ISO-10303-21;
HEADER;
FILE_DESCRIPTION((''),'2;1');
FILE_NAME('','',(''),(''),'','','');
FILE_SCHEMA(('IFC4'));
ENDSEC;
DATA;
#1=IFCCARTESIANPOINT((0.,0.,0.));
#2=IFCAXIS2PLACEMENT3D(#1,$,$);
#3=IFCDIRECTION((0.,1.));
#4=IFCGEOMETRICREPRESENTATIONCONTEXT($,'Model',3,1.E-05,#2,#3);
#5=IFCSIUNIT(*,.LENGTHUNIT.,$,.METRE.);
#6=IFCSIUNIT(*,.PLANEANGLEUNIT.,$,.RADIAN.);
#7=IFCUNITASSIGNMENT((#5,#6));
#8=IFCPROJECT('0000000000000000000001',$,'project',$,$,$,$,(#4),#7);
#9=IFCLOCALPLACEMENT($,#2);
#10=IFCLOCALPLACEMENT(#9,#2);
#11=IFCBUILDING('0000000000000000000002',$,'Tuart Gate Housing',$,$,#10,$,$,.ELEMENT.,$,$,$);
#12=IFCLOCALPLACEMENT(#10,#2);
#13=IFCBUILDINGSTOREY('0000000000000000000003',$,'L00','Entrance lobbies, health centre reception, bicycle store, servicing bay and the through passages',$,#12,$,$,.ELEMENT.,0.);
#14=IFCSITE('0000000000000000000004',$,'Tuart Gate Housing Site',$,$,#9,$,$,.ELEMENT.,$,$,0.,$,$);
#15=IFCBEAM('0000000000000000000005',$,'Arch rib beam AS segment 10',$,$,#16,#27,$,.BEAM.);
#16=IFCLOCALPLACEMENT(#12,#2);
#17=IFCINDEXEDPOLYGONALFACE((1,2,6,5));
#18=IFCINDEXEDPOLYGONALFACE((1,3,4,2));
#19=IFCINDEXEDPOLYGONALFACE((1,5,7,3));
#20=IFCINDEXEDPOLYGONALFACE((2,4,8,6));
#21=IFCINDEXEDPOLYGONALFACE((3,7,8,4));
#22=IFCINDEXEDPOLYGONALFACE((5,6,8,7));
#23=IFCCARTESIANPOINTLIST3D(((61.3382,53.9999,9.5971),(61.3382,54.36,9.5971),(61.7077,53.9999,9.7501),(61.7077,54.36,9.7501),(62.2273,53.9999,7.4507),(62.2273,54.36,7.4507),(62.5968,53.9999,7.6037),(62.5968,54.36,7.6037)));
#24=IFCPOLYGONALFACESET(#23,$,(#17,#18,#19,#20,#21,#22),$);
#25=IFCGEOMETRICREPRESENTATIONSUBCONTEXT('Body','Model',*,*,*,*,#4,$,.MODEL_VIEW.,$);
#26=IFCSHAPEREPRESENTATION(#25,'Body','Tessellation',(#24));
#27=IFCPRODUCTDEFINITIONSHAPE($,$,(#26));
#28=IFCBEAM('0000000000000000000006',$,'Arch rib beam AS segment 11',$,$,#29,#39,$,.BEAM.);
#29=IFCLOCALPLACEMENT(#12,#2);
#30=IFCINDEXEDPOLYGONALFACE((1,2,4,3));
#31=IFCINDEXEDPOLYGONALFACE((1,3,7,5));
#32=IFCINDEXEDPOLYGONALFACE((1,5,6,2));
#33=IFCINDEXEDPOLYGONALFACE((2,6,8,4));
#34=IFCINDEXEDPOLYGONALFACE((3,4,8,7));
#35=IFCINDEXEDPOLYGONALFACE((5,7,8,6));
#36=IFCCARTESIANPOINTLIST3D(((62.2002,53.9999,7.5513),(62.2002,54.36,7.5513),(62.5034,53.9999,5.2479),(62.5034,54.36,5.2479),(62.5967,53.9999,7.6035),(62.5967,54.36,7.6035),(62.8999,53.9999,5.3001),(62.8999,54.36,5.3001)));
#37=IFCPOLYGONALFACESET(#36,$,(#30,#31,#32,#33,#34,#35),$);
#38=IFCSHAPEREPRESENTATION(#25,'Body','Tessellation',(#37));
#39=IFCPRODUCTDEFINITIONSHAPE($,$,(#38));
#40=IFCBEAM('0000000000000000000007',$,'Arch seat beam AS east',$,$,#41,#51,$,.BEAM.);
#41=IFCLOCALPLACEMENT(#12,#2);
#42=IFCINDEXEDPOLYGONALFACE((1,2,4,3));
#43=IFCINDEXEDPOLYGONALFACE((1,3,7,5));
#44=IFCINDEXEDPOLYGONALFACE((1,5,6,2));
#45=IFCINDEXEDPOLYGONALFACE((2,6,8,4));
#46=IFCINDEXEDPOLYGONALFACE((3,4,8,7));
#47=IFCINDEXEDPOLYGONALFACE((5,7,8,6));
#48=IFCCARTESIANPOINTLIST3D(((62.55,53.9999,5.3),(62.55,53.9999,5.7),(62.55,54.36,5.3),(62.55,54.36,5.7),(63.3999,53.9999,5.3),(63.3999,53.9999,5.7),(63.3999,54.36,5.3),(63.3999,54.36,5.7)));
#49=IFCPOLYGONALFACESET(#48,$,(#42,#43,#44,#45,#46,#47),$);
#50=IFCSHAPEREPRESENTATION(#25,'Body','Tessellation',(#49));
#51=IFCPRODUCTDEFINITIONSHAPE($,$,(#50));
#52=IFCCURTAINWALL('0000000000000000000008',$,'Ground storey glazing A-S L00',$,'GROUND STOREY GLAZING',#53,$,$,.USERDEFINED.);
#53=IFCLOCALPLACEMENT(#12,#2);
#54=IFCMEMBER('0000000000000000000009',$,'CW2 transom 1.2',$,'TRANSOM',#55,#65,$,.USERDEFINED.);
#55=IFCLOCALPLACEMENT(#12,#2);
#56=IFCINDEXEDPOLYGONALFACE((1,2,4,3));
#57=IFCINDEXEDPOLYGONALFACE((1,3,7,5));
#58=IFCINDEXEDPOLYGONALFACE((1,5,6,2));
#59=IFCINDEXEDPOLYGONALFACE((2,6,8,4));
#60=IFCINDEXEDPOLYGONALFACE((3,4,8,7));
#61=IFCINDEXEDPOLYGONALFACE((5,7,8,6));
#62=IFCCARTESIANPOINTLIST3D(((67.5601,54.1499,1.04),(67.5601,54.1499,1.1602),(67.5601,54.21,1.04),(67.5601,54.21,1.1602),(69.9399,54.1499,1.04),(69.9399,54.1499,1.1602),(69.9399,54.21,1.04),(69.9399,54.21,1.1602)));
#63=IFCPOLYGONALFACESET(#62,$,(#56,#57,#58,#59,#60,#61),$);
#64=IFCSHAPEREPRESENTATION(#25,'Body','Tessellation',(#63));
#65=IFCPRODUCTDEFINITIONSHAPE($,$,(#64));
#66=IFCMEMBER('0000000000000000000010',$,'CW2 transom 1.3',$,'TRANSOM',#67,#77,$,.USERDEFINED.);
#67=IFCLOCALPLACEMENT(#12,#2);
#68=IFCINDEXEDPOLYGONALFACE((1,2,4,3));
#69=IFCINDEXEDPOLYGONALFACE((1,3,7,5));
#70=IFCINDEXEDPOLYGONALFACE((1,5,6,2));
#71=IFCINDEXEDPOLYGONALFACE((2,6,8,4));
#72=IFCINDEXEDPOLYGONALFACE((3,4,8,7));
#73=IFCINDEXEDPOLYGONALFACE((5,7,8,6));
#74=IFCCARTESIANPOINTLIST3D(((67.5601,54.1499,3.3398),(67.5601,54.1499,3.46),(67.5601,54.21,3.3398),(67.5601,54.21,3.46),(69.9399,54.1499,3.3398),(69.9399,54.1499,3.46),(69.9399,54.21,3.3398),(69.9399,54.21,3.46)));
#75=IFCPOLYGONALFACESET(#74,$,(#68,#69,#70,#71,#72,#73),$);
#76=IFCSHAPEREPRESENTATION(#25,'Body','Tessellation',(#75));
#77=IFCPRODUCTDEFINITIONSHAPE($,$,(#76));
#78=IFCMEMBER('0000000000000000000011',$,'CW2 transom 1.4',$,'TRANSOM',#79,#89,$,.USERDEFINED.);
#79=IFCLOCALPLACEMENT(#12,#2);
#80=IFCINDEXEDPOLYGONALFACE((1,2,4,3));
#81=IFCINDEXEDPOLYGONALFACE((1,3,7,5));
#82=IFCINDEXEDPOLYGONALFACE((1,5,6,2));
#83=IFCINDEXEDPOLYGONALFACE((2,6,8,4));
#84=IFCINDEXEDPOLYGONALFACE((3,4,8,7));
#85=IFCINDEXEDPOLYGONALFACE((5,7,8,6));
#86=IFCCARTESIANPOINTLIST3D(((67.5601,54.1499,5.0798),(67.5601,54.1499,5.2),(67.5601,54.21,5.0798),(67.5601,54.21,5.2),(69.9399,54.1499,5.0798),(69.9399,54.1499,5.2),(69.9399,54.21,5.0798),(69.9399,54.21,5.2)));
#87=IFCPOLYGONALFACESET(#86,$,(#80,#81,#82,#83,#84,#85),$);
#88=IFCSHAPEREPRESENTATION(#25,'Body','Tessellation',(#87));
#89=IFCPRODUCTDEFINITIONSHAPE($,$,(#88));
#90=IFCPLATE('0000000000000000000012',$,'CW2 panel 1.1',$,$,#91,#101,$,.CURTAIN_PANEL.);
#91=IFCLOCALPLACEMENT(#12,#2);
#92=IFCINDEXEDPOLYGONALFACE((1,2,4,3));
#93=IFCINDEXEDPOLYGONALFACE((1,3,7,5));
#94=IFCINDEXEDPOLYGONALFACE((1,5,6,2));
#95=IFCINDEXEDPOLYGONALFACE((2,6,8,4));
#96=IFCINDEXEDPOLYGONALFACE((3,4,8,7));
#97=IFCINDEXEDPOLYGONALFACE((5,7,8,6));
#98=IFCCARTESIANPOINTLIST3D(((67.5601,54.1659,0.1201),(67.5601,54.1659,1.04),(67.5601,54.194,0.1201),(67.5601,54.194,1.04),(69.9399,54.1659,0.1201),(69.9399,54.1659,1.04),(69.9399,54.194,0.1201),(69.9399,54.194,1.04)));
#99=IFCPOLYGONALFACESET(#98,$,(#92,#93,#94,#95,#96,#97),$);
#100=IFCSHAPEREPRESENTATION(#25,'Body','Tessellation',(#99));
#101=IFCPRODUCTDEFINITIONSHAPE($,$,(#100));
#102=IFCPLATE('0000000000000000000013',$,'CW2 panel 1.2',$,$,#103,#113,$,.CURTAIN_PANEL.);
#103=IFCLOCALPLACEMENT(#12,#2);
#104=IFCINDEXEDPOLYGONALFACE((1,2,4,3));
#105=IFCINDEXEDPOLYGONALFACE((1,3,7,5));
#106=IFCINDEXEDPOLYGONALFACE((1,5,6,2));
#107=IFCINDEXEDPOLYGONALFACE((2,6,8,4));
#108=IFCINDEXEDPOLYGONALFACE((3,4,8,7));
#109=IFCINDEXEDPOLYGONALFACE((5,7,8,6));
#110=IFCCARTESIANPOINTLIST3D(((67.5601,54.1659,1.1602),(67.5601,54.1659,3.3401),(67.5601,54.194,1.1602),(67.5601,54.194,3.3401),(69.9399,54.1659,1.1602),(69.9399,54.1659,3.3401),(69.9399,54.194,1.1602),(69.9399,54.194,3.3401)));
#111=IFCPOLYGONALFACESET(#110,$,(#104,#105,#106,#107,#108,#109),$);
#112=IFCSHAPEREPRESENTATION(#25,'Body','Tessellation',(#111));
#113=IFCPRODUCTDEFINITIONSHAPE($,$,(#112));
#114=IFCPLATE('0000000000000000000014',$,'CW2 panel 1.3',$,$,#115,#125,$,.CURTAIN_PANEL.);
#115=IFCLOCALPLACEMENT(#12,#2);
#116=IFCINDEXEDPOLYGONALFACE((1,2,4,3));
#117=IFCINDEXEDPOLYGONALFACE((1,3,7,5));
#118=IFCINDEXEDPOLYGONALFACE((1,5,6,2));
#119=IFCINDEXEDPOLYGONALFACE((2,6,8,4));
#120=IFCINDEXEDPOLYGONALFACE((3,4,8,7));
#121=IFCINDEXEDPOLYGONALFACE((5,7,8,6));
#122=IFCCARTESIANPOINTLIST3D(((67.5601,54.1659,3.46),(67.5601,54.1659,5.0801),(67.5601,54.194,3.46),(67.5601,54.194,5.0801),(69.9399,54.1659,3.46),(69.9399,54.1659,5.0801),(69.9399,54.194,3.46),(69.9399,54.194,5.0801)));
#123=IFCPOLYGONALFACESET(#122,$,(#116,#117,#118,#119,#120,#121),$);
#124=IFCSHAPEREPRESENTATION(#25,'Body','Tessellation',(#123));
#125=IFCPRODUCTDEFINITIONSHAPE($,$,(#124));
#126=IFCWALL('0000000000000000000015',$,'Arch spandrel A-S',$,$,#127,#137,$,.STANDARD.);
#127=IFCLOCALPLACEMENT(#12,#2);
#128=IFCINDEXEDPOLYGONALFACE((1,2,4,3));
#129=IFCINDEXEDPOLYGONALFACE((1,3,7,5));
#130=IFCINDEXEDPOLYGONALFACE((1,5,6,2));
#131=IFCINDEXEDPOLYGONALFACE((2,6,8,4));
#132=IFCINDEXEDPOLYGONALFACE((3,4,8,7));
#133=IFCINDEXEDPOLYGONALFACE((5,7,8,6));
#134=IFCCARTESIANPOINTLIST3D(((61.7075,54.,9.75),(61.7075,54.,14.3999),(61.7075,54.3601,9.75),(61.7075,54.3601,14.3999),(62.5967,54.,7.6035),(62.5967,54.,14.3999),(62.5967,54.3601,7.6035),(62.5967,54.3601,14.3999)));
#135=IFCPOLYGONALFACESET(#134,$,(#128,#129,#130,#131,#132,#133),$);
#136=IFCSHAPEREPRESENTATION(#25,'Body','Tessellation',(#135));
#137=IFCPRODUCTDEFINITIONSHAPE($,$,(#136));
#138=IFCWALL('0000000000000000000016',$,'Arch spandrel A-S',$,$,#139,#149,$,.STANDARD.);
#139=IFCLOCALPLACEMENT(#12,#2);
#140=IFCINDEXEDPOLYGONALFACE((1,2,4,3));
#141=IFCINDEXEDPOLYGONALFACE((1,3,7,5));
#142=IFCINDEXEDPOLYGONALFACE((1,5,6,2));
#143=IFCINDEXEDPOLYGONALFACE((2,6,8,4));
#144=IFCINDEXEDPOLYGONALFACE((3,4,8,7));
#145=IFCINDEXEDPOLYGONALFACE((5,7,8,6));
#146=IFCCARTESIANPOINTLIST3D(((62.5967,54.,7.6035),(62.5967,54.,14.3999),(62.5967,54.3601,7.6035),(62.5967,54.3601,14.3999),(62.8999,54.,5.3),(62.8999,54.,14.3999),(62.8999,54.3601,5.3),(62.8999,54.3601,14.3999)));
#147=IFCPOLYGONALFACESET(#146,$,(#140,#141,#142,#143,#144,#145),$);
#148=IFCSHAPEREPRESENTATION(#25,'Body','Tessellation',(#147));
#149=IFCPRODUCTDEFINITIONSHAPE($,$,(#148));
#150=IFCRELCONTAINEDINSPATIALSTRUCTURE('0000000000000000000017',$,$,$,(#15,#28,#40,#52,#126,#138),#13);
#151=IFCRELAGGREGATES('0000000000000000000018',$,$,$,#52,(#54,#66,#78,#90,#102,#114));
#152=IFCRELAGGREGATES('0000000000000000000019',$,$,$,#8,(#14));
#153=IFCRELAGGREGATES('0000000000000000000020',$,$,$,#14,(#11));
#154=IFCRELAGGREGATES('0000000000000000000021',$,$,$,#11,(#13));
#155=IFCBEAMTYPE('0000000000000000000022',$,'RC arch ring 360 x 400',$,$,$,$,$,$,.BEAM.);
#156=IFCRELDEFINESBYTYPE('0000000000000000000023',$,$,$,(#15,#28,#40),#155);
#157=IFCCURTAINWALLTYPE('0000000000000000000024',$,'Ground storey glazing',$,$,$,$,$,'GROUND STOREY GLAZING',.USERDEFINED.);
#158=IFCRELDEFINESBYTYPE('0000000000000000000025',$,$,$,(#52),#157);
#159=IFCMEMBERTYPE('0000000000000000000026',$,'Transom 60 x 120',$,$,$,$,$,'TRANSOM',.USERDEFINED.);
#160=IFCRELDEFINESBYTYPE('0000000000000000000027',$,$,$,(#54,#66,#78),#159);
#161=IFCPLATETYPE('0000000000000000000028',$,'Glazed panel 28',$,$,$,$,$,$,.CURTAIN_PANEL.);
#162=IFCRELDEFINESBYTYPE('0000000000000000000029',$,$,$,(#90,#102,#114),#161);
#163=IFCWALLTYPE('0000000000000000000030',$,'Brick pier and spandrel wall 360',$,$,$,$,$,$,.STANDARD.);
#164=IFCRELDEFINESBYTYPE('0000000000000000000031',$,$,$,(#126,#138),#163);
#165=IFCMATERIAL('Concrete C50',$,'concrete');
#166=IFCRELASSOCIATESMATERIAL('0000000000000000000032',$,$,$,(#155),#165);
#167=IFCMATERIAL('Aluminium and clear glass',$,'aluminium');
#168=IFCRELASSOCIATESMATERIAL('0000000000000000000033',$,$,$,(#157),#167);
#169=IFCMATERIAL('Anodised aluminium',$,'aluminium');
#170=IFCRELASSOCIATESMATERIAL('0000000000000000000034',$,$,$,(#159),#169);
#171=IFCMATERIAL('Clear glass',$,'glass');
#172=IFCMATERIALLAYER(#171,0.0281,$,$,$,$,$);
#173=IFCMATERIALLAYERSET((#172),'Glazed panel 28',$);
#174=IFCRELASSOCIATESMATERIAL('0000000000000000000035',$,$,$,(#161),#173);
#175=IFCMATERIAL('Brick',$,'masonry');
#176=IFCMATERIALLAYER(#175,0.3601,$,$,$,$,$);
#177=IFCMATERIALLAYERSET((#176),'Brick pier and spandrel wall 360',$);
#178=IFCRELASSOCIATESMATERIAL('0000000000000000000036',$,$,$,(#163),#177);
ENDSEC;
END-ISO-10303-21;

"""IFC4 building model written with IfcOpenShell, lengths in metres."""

from ifc_helpers import new_model, si_unit, direction, frame, origin, origin_2d, place, context, subcontext, project, spatial, polyline, rectangle, outline, extrude, material, layer, layer_set, material_profile, profile_set, type_object, element, aggregate, save


model = new_model("IFC4")

# Units and contexts
model_context = context("Model", 3, precision=1e-05, world=origin(), true_north=direction((0.0, 1.0)))
body_context = subcontext(model_context, "Body", "Model", "MODEL_VIEW")
ifc_project = project(units=[si_unit("LENGTHUNIT", "METRE"), si_unit("PLANEANGLEUNIT", "RADIAN")], contexts=[model_context])

# Site, building, storey
site_placement = place(None, origin())
site = spatial("IfcSite", under=ifc_project, at=site_placement, Name="Tuart Gate Housing Site", CompositionType="ELEMENT", RefElevation=0.0)
building_placement = place(site_placement, origin())
building = spatial("IfcBuilding", under=site, at=building_placement, Name="Tuart Gate Housing", CompositionType="ELEMENT")
storey_placement = place(building_placement, origin())
storey = spatial("IfcBuildingStorey", under=building, at=storey_placement, Name="L00", Description="Entrance lobbies, health centre reception, bicycle store, servicing bay and the through passages", CompositionType="ELEMENT", Elevation=0.0)

# Beams
ifc_material_1 = material(Name="Concrete C50", Category="concrete")
ifc_material_profile_1 = material_profile(ifc_material_1, rectangle(XDim=0.3601, YDim=0.3999, at=origin_2d()), Name="RC arch ring 360 x 400")
ifc_profile_set_1 = profile_set([ifc_material_profile_1], Name="Concrete C50")
beam_type = type_object("IfcBeamType", Name="RC arch ring 360 x 400", PredefinedType="BEAM", material=ifc_profile_set_1)
for number, where, z_axis, x_axis, name in (
    (1, (61.5229, 54.1799, 9.6736), (0.382704, 0.0, -0.923871), (0.0, 1.0, 0.0), "Arch rib beam AS segment 10"),
    (2, (62.3984, 54.1799, 7.5774), (0.130512, 0.0, -0.991447), (0.0, 1.0, 0.0), "Arch rib beam AS segment 11"),
):
    element("IfcBeam", number, at=place(storey_placement, frame(where, z_axis=z_axis, x_axis=x_axis)), inside=storey, type_object=beam_type, Name=name, PredefinedType="BEAM", context=body_context, shape_type="SweptSolid", body=[
        extrude(rectangle(XDim=0.3601, YDim=0.3999, at=origin_2d()), origin(), (0.0, 0.0, 1.0), 2.3232),
    ])
beam_placement = place(storey_placement, frame((62.55, 54.1799, 5.5), z_axis=(1.0, 0.0, 0.0), x_axis=(0.0, 1.0, 0.0)))
element("IfcBeam", 3, at=beam_placement, inside=storey, type_object=beam_type, Name="Arch seat beam AS east", PredefinedType="BEAM", context=body_context, shape_type="SweptSolid", body=[
    extrude(rectangle(XDim=0.3601, YDim=0.3999, at=origin_2d()), origin(), (0.0, 0.0, 1.0), 0.8499),
])

# Curtain wall, members, plates
ifc_material_2 = material(Name="Aluminium and clear glass", Category="aluminium")
curtain_wall_type = type_object("IfcCurtainWallType", Name="Ground storey glazing", ElementType="GROUND STOREY GLAZING", PredefinedType="USERDEFINED", material=ifc_material_2)
curtain_wall_placement = place(storey_placement, origin())
curtain_wall = element("IfcCurtainWall", 4, at=curtain_wall_placement, inside=storey, type_object=curtain_wall_type, Name="Ground storey glazing A-S L00", ObjectType="GROUND STOREY GLAZING", PredefinedType="USERDEFINED")
ifc_material_3 = material(Name="Anodised aluminium", Category="aluminium")
ifc_material_profile_2 = material_profile(ifc_material_3, rectangle(XDim=0.0601, YDim=0.1201, at=origin_2d()), Name="60x120")
ifc_profile_set_2 = profile_set([ifc_material_profile_2], Name="Anodised aluminium")
member_type = type_object("IfcMemberType", Name="Transom 60 x 120", ElementType="TRANSOM", PredefinedType="USERDEFINED", material=ifc_profile_set_2)
member_1_placement = place(storey_placement, frame((67.5601, 54.1799, 1.1001), z_axis=(1.0, 0.0, 0.0), x_axis=(0.0, 1.0, 0.0)))
member_1 = element("IfcMember", 5, at=member_1_placement, type_object=member_type, Name="CW2 transom 1.2", ObjectType="TRANSOM", PredefinedType="USERDEFINED", context=body_context, shape_type="SweptSolid", body=[
    extrude(rectangle(XDim=0.0601, YDim=0.1201, at=origin_2d()), origin(), (0.0, 0.0, 1.0), 2.3799),
])
member_2_placement = place(storey_placement, frame((67.5601, 54.1799, 3.3999), z_axis=(1.0, 0.0, 0.0), x_axis=(0.0, 1.0, 0.0)))
member_2 = element("IfcMember", 6, at=member_2_placement, type_object=member_type, Name="CW2 transom 1.3", ObjectType="TRANSOM", PredefinedType="USERDEFINED", context=body_context, shape_type="SweptSolid", body=[
    extrude(rectangle(XDim=0.0601, YDim=0.1201, at=origin_2d()), origin(), (0.0, 0.0, 1.0), 2.3799),
])
member_3_placement = place(storey_placement, frame((67.5601, 54.1799, 5.1399), z_axis=(1.0, 0.0, 0.0), x_axis=(0.0, 1.0, 0.0)))
member_3 = element("IfcMember", 7, at=member_3_placement, type_object=member_type, Name="CW2 transom 1.4", ObjectType="TRANSOM", PredefinedType="USERDEFINED", context=body_context, shape_type="SweptSolid", body=[
    extrude(rectangle(XDim=0.0601, YDim=0.1201, at=origin_2d()), origin(), (0.0, 0.0, 1.0), 2.3799),
])
ifc_material_4 = material(Name="Clear glass", Category="glass")
ifc_layer_1 = layer(ifc_material_4, 0.0281)
ifc_layer_set_1 = layer_set([ifc_layer_1], Name="Glazed panel 28")
plate_type = type_object("IfcPlateType", Name="Glazed panel 28", PredefinedType="CURTAIN_PANEL", material=ifc_layer_set_1)
plate_1_placement = place(storey_placement, frame((68.75, 54.1799, 0.1201), z_axis=(0.0, 0.0, 1.0), x_axis=(1.0, 0.0, 0.0)))
plate_1 = element("IfcPlate", 8, at=plate_1_placement, type_object=plate_type, Name="CW2 panel 1.1", PredefinedType="CURTAIN_PANEL", context=body_context, shape_type="SweptSolid", body=[
    extrude(rectangle(XDim=2.3799, YDim=0.0281, at=origin_2d()), origin(), (0.0, 0.0, 1.0), 0.9199),
])
plate_2_placement = place(storey_placement, frame((68.75, 54.1799, 1.1602), z_axis=(0.0, 0.0, 1.0), x_axis=(1.0, 0.0, 0.0)))
plate_2 = element("IfcPlate", 9, at=plate_2_placement, type_object=plate_type, Name="CW2 panel 1.2", PredefinedType="CURTAIN_PANEL", context=body_context, shape_type="SweptSolid", body=[
    extrude(rectangle(XDim=2.3799, YDim=0.0281, at=origin_2d()), origin(), (0.0, 0.0, 1.0), 2.1799),
])
plate_3_placement = place(storey_placement, frame((68.75, 54.1799, 3.46), z_axis=(0.0, 0.0, 1.0), x_axis=(1.0, 0.0, 0.0)))
plate_3 = element("IfcPlate", 10, at=plate_3_placement, type_object=plate_type, Name="CW2 panel 1.3", PredefinedType="CURTAIN_PANEL", context=body_context, shape_type="SweptSolid", body=[
    extrude(rectangle(XDim=2.3799, YDim=0.0281, at=origin_2d()), origin(), (0.0, 0.0, 1.0), 1.6201),
])
aggregate(curtain_wall, [member_1, member_2, member_3, plate_1, plate_2, plate_3])

# Walls
ifc_material_5 = material(Name="Brick", Category="masonry")
ifc_layer_2 = layer(ifc_material_5, 0.3601)
ifc_layer_set_2 = layer_set([ifc_layer_2], Name="Brick pier and spandrel wall 360")
wall_type = type_object("IfcWallType", Name="Brick pier and spandrel wall 360", PredefinedType="STANDARD", material=ifc_layer_set_2)
wall_1_placement = place(storey_placement, frame((61.7075, 54.1799, 7.6035), z_axis=(0.0, 0.0, 1.0), x_axis=(1.0, 0.0, 0.0)))
element("IfcWall", 11, at=wall_1_placement, inside=storey, type_object=wall_type, Name="Arch spandrel A-S", PredefinedType="STANDARD", context=body_context, shape_type="SweptSolid", body=[
    extrude(outline(polyline([(0.0, 2.1465), (0.8892, 0.0), (0.8892, 6.7964), (0.0, 6.7964), (0.0, 2.1465)])), frame((0.0, 0.1802, 0.0), z_axis=(0.0, -1.0, 0.0), x_axis=(1.0, 0.0, 0.0)), (0.0, 0.0, 1.0), 0.3601),
])
wall_2_placement = place(storey_placement, frame((62.5967, 54.1799, 5.3), z_axis=(0.0, 0.0, 1.0), x_axis=(1.0, 0.0, 0.0)))
element("IfcWall", 12, at=wall_2_placement, inside=storey, type_object=wall_type, Name="Arch spandrel A-S", PredefinedType="STANDARD", context=body_context, shape_type="SweptSolid", body=[
    extrude(outline(polyline([(0.0, 2.3035), (0.3032, 0.0), (0.3032, 9.0999), (0.0, 9.0999), (0.0, 2.3035)])), frame((0.0, 0.1802, 0.0), z_axis=(0.0, -1.0, 0.0), x_axis=(1.0, 0.0, 0.0)), (0.0, 0.0, 1.0), 0.3601),
])

save(model, "model.ifc")
